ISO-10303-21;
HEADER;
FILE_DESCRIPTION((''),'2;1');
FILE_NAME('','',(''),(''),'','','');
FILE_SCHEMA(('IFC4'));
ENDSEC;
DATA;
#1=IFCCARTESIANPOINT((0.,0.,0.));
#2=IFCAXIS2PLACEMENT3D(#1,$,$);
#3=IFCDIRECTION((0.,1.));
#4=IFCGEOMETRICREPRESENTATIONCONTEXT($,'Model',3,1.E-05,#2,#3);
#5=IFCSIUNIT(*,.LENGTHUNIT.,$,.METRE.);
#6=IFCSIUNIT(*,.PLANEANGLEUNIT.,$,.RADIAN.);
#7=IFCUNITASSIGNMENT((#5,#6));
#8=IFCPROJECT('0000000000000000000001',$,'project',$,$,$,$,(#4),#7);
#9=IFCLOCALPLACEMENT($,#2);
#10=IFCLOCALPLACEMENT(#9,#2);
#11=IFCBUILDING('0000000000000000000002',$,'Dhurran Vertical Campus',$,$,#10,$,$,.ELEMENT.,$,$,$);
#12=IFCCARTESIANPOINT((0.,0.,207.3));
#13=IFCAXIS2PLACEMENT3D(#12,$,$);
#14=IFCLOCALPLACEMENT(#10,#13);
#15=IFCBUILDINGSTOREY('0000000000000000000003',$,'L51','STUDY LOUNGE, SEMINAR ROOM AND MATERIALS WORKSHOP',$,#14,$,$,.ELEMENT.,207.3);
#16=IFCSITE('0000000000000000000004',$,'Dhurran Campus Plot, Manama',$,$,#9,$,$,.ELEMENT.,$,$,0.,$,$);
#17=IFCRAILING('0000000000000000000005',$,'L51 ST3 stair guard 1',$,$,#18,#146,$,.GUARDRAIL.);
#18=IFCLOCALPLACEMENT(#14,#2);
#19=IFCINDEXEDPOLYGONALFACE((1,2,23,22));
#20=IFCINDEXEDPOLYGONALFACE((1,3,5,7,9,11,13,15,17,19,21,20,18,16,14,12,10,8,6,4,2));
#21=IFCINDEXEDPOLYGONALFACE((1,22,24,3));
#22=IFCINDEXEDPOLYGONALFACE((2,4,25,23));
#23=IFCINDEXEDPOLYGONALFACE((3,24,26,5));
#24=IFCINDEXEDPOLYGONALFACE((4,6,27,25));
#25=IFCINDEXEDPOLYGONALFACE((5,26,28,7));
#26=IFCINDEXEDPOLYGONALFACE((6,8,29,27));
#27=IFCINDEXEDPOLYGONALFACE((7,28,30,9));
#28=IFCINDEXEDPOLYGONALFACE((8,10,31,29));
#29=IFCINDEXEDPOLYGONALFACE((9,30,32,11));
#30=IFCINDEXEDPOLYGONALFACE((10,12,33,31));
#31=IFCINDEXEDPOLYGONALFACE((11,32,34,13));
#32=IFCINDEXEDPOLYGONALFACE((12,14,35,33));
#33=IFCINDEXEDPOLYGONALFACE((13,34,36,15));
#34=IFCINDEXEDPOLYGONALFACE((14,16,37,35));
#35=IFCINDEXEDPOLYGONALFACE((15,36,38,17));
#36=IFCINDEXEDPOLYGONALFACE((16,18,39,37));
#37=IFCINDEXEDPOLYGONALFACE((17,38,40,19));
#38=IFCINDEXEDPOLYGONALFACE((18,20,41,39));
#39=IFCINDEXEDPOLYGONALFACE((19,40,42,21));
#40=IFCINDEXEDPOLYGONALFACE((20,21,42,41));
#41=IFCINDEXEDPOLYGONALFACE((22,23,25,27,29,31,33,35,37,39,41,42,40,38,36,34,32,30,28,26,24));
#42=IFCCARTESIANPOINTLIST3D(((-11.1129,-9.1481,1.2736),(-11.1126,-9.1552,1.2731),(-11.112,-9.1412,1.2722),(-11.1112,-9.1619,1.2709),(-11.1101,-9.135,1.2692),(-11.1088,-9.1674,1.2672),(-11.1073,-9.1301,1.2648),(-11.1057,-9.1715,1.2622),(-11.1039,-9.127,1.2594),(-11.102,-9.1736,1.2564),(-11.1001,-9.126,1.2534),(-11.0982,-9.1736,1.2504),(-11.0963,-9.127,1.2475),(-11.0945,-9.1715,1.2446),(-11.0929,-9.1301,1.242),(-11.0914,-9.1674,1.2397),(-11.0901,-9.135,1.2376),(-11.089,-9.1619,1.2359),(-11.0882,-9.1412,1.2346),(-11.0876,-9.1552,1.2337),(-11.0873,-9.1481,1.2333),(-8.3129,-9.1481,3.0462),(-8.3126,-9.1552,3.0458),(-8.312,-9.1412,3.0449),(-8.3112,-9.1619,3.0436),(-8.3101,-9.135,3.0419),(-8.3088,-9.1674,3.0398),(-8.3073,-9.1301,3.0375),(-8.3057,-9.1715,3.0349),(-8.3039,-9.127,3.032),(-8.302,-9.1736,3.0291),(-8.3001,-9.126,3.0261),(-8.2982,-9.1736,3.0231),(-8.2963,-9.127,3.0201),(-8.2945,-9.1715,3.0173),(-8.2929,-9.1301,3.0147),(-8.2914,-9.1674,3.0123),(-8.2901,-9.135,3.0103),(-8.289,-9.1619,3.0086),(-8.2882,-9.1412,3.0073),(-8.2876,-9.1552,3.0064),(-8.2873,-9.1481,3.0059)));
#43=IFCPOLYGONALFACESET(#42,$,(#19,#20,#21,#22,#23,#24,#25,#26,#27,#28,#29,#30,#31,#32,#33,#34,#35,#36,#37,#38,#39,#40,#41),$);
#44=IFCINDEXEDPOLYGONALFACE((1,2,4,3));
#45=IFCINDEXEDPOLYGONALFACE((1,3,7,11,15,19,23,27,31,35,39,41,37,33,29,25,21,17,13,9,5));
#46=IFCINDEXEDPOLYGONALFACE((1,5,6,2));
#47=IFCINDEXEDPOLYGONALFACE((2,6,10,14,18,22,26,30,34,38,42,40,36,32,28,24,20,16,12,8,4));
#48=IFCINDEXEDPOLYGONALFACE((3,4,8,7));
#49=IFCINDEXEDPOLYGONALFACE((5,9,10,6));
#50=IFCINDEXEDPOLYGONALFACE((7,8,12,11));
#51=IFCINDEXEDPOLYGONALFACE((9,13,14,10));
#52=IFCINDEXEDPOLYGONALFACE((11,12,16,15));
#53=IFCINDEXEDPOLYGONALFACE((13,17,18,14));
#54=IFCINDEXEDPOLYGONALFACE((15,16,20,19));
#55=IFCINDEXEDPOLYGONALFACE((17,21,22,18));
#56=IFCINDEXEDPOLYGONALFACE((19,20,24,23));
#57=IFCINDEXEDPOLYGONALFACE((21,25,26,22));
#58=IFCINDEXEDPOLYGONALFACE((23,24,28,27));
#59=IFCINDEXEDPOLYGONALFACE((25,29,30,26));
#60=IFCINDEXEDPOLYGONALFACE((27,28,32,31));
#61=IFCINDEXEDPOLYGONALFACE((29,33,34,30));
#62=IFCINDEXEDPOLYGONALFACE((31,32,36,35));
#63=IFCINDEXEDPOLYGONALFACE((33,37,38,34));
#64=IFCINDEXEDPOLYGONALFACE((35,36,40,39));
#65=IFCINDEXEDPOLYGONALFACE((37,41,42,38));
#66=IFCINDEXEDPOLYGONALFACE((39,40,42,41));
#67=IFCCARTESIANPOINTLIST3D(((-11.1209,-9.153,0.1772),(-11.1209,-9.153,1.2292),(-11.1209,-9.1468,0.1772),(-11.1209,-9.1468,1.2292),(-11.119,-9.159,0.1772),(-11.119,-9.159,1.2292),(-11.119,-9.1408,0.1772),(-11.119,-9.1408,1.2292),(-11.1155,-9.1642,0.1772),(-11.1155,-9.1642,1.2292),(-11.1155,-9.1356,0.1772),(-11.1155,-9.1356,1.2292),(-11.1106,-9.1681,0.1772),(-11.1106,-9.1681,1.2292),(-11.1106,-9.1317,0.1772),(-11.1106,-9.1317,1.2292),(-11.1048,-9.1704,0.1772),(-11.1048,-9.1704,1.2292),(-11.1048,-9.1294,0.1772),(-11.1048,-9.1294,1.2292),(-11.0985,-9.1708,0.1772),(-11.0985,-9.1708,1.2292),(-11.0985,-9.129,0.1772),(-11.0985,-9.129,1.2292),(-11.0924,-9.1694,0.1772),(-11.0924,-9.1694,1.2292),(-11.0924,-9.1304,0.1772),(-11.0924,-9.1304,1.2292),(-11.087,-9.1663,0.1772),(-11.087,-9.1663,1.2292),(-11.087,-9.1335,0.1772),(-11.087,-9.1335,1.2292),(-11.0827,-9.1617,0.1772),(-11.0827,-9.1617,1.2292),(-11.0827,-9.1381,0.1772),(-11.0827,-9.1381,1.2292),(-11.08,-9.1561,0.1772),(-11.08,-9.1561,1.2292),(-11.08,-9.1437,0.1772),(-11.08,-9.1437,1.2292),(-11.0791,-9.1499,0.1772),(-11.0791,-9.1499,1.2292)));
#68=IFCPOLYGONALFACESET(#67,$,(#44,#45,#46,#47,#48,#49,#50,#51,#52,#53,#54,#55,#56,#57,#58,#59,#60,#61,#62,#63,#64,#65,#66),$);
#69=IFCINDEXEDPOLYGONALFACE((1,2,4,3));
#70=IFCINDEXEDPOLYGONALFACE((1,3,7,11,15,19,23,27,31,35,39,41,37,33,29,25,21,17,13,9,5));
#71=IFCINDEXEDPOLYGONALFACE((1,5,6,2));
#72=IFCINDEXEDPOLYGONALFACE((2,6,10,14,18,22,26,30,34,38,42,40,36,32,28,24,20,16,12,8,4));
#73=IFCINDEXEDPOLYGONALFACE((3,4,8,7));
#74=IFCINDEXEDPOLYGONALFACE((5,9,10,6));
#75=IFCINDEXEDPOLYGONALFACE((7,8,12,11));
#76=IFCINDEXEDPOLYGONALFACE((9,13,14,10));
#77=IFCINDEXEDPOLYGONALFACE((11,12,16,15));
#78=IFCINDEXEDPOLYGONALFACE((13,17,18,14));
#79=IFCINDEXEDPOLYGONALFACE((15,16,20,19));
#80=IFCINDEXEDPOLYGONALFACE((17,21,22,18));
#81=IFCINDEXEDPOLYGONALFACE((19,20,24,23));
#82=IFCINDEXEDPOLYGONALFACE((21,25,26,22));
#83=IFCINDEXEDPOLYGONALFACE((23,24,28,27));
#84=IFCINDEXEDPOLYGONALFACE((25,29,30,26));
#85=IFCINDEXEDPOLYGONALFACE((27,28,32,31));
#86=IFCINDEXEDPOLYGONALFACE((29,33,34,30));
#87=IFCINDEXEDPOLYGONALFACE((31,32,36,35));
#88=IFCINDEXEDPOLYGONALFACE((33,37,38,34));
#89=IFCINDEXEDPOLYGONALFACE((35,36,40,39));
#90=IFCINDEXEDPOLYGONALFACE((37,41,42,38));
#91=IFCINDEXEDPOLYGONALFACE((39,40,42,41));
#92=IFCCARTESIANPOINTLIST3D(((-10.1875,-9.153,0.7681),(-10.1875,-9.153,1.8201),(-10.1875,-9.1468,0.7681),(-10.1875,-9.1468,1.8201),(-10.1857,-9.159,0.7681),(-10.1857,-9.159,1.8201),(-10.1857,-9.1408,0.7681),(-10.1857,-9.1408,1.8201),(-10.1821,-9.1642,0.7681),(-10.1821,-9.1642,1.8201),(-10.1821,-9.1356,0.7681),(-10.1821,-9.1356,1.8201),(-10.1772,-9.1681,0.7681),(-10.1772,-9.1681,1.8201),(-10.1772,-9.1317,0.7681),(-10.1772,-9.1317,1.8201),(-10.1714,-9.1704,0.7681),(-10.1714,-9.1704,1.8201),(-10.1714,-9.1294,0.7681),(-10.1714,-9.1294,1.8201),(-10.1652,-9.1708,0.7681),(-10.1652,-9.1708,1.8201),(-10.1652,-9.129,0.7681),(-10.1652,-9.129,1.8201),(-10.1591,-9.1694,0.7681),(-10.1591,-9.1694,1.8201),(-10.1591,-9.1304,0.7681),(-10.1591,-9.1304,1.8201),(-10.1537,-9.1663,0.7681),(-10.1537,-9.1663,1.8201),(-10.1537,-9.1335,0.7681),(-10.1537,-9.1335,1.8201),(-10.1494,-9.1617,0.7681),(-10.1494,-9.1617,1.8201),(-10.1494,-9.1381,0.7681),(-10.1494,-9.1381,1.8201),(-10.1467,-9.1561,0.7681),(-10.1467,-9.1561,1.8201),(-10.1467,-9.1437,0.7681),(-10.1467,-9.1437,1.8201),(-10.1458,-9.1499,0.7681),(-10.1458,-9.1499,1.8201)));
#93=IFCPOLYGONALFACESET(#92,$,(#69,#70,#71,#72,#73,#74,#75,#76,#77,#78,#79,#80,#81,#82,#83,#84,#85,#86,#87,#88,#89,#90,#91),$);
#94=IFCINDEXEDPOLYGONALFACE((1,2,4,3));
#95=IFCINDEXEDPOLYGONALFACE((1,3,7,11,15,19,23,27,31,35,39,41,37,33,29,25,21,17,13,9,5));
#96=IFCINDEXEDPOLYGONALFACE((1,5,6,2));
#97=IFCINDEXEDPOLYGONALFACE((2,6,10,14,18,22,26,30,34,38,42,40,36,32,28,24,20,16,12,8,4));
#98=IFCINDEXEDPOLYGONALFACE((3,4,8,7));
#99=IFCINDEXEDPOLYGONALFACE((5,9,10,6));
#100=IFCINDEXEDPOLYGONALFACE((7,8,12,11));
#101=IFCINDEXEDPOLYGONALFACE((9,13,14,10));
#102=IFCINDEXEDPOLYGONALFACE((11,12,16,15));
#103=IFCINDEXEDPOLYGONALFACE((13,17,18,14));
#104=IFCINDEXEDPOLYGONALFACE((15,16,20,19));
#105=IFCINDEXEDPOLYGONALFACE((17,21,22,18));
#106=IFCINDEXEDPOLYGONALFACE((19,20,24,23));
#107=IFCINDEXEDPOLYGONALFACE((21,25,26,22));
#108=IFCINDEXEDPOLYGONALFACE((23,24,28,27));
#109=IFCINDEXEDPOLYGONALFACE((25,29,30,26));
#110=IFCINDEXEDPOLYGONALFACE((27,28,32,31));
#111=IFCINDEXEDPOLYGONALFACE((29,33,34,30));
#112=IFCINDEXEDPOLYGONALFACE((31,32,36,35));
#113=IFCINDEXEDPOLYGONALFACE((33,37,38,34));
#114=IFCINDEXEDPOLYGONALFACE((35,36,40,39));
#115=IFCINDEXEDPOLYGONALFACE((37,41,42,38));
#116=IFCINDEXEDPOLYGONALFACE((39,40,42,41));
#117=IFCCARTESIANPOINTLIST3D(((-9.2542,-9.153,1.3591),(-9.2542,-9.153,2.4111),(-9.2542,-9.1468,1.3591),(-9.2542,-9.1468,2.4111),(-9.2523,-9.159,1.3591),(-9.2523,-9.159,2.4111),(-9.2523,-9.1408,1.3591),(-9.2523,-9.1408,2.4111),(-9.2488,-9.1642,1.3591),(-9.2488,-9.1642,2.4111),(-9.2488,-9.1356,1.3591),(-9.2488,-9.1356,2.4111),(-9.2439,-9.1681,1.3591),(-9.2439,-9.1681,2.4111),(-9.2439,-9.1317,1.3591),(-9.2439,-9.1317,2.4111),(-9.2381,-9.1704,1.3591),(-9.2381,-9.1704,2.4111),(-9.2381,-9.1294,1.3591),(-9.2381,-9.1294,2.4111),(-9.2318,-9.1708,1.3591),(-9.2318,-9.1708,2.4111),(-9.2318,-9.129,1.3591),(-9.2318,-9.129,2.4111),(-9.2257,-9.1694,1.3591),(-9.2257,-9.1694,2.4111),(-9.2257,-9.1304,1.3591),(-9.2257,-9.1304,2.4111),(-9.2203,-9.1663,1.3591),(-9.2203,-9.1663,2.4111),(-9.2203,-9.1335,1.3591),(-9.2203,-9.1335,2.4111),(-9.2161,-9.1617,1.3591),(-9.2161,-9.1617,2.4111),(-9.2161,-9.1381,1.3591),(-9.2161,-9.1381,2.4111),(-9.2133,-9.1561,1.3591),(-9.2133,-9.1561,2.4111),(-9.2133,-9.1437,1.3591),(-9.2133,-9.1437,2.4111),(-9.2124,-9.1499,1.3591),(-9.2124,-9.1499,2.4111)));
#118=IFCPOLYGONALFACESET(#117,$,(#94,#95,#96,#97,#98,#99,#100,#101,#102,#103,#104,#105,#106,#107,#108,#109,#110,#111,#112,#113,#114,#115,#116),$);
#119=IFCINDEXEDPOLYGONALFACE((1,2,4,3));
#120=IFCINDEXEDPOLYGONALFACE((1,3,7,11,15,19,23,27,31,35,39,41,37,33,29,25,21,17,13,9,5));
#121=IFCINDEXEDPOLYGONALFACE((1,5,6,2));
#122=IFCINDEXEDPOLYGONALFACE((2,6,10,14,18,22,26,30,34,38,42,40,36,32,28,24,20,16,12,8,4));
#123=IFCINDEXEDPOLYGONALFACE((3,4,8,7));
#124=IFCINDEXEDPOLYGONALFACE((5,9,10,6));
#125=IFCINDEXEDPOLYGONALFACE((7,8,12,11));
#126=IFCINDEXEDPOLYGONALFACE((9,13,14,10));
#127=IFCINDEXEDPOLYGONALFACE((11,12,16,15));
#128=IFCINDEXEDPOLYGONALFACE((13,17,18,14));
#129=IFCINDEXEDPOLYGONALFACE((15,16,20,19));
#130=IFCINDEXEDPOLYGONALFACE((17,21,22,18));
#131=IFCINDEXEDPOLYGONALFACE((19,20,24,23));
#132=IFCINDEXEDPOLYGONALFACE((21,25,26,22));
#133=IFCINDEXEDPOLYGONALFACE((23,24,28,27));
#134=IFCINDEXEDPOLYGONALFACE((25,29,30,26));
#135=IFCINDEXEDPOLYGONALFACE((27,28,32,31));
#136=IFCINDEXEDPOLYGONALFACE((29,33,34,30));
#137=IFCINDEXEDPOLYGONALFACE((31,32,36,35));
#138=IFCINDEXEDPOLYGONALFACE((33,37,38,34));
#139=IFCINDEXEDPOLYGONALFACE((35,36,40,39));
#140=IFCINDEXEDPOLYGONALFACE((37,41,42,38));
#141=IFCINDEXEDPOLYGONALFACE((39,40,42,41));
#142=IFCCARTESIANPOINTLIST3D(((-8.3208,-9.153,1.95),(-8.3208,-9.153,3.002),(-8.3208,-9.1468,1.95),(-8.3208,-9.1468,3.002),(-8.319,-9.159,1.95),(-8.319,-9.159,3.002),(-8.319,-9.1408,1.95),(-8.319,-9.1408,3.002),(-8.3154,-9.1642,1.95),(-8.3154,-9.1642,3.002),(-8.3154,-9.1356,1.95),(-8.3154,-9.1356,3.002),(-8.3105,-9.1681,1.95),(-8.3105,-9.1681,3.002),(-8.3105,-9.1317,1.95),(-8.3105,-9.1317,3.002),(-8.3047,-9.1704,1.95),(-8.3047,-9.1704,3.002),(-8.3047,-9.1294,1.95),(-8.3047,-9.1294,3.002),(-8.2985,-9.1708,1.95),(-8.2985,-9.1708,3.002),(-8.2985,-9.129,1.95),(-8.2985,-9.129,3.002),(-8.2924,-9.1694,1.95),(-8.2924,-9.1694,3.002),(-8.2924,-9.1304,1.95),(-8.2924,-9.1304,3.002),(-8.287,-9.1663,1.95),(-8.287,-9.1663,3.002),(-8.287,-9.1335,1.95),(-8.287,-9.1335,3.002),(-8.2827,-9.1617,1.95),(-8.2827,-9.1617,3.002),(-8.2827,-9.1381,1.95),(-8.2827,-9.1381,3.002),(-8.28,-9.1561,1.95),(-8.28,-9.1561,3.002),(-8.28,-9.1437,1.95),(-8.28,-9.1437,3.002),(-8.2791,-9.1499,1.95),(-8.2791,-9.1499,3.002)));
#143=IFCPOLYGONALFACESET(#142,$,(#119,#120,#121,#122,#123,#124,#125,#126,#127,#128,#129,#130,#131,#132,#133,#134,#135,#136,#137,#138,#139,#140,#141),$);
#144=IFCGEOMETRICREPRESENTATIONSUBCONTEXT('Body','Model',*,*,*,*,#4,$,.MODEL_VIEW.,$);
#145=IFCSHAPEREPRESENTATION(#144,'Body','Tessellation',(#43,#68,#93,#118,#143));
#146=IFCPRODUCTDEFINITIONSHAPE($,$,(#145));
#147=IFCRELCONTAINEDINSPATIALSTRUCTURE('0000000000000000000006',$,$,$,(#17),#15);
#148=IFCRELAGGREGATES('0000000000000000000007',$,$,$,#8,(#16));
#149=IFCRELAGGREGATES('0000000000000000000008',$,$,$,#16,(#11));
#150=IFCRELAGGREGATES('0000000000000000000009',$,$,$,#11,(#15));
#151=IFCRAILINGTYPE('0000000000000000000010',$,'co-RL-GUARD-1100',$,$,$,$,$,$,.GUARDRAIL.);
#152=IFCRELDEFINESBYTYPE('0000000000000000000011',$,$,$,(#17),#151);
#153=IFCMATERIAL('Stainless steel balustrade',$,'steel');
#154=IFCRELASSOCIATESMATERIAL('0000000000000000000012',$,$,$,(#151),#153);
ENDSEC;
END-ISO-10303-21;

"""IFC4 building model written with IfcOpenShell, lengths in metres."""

from ifc_helpers import new_model, si_unit, direction, frame, origin, origin_2d, place, context, subcontext, project, spatial, circle, extrude, material, type_object, element, save


model = new_model("IFC4")

# Units and contexts
model_context = context("Model", 3, precision=1e-05, world=origin(), true_north=direction((0.0, 1.0)))
body_context = subcontext(model_context, "Body", "Model", "MODEL_VIEW")
ifc_project = project(units=[si_unit("LENGTHUNIT", "METRE"), si_unit("PLANEANGLEUNIT", "RADIAN")], contexts=[model_context])

# Site, building, storey
site_placement = place(None, origin())
site = spatial("IfcSite", under=ifc_project, at=site_placement, Name="Dhurran Campus Plot, Manama", CompositionType="ELEMENT", RefElevation=0.0)
building_placement = place(site_placement, origin())
building = spatial("IfcBuilding", under=site, at=building_placement, Name="Dhurran Vertical Campus", CompositionType="ELEMENT")
storey_placement = place(building_placement, frame((0.0, 0.0, 207.3)))
storey = spatial("IfcBuildingStorey", under=building, at=storey_placement, Name="L51", Description="STUDY LOUNGE, SEMINAR ROOM AND MATERIALS WORKSHOP", CompositionType="ELEMENT", Elevation=207.3)

# Railing
ifc_material_1 = material(Name="Stainless steel balustrade", Category="steel")
railing_type_1 = type_object("IfcRailingType", Name="co-RL-GUARD-1100", PredefinedType="GUARDRAIL", material=ifc_material_1)
railing_1_placement = place(storey_placement, frame((-11.1001, -9.1499, 0.1772)))
element("IfcRailing", 1, at=railing_1_placement, inside=storey, type_object=railing_type_1, Name="L51 ST3 stair guard 1", PredefinedType="GUARDRAIL", context=body_context, shape_type="SweptSolid", body=[
    extrude(circle(Radius=0.0239, at=origin_2d()), frame((0.0, 0.0, 1.0762), z_axis=(0.844909, 0.0, 0.53491), x_axis=(0.0, 1.0, 0.0)), (0.0, 0.0, 1.0), 3.314),
    extrude(circle(Radius=0.021, at=origin_2d()), origin(), (0.0, 0.0, 1.0), 1.052),
    extrude(circle(Radius=0.021, at=origin_2d()), frame((0.9333, 0.0, 0.5908)), (0.0, 0.0, 1.0), 1.052),
    extrude(circle(Radius=0.021, at=origin_2d()), frame((1.8667, 0.0, 1.1819)), (0.0, 0.0, 1.0), 1.052),
    extrude(circle(Radius=0.021, at=origin_2d()), frame((2.8, 0.0, 1.7727)), (0.0, 0.0, 1.0), 1.052),
])

save(model, "model.ifc")
